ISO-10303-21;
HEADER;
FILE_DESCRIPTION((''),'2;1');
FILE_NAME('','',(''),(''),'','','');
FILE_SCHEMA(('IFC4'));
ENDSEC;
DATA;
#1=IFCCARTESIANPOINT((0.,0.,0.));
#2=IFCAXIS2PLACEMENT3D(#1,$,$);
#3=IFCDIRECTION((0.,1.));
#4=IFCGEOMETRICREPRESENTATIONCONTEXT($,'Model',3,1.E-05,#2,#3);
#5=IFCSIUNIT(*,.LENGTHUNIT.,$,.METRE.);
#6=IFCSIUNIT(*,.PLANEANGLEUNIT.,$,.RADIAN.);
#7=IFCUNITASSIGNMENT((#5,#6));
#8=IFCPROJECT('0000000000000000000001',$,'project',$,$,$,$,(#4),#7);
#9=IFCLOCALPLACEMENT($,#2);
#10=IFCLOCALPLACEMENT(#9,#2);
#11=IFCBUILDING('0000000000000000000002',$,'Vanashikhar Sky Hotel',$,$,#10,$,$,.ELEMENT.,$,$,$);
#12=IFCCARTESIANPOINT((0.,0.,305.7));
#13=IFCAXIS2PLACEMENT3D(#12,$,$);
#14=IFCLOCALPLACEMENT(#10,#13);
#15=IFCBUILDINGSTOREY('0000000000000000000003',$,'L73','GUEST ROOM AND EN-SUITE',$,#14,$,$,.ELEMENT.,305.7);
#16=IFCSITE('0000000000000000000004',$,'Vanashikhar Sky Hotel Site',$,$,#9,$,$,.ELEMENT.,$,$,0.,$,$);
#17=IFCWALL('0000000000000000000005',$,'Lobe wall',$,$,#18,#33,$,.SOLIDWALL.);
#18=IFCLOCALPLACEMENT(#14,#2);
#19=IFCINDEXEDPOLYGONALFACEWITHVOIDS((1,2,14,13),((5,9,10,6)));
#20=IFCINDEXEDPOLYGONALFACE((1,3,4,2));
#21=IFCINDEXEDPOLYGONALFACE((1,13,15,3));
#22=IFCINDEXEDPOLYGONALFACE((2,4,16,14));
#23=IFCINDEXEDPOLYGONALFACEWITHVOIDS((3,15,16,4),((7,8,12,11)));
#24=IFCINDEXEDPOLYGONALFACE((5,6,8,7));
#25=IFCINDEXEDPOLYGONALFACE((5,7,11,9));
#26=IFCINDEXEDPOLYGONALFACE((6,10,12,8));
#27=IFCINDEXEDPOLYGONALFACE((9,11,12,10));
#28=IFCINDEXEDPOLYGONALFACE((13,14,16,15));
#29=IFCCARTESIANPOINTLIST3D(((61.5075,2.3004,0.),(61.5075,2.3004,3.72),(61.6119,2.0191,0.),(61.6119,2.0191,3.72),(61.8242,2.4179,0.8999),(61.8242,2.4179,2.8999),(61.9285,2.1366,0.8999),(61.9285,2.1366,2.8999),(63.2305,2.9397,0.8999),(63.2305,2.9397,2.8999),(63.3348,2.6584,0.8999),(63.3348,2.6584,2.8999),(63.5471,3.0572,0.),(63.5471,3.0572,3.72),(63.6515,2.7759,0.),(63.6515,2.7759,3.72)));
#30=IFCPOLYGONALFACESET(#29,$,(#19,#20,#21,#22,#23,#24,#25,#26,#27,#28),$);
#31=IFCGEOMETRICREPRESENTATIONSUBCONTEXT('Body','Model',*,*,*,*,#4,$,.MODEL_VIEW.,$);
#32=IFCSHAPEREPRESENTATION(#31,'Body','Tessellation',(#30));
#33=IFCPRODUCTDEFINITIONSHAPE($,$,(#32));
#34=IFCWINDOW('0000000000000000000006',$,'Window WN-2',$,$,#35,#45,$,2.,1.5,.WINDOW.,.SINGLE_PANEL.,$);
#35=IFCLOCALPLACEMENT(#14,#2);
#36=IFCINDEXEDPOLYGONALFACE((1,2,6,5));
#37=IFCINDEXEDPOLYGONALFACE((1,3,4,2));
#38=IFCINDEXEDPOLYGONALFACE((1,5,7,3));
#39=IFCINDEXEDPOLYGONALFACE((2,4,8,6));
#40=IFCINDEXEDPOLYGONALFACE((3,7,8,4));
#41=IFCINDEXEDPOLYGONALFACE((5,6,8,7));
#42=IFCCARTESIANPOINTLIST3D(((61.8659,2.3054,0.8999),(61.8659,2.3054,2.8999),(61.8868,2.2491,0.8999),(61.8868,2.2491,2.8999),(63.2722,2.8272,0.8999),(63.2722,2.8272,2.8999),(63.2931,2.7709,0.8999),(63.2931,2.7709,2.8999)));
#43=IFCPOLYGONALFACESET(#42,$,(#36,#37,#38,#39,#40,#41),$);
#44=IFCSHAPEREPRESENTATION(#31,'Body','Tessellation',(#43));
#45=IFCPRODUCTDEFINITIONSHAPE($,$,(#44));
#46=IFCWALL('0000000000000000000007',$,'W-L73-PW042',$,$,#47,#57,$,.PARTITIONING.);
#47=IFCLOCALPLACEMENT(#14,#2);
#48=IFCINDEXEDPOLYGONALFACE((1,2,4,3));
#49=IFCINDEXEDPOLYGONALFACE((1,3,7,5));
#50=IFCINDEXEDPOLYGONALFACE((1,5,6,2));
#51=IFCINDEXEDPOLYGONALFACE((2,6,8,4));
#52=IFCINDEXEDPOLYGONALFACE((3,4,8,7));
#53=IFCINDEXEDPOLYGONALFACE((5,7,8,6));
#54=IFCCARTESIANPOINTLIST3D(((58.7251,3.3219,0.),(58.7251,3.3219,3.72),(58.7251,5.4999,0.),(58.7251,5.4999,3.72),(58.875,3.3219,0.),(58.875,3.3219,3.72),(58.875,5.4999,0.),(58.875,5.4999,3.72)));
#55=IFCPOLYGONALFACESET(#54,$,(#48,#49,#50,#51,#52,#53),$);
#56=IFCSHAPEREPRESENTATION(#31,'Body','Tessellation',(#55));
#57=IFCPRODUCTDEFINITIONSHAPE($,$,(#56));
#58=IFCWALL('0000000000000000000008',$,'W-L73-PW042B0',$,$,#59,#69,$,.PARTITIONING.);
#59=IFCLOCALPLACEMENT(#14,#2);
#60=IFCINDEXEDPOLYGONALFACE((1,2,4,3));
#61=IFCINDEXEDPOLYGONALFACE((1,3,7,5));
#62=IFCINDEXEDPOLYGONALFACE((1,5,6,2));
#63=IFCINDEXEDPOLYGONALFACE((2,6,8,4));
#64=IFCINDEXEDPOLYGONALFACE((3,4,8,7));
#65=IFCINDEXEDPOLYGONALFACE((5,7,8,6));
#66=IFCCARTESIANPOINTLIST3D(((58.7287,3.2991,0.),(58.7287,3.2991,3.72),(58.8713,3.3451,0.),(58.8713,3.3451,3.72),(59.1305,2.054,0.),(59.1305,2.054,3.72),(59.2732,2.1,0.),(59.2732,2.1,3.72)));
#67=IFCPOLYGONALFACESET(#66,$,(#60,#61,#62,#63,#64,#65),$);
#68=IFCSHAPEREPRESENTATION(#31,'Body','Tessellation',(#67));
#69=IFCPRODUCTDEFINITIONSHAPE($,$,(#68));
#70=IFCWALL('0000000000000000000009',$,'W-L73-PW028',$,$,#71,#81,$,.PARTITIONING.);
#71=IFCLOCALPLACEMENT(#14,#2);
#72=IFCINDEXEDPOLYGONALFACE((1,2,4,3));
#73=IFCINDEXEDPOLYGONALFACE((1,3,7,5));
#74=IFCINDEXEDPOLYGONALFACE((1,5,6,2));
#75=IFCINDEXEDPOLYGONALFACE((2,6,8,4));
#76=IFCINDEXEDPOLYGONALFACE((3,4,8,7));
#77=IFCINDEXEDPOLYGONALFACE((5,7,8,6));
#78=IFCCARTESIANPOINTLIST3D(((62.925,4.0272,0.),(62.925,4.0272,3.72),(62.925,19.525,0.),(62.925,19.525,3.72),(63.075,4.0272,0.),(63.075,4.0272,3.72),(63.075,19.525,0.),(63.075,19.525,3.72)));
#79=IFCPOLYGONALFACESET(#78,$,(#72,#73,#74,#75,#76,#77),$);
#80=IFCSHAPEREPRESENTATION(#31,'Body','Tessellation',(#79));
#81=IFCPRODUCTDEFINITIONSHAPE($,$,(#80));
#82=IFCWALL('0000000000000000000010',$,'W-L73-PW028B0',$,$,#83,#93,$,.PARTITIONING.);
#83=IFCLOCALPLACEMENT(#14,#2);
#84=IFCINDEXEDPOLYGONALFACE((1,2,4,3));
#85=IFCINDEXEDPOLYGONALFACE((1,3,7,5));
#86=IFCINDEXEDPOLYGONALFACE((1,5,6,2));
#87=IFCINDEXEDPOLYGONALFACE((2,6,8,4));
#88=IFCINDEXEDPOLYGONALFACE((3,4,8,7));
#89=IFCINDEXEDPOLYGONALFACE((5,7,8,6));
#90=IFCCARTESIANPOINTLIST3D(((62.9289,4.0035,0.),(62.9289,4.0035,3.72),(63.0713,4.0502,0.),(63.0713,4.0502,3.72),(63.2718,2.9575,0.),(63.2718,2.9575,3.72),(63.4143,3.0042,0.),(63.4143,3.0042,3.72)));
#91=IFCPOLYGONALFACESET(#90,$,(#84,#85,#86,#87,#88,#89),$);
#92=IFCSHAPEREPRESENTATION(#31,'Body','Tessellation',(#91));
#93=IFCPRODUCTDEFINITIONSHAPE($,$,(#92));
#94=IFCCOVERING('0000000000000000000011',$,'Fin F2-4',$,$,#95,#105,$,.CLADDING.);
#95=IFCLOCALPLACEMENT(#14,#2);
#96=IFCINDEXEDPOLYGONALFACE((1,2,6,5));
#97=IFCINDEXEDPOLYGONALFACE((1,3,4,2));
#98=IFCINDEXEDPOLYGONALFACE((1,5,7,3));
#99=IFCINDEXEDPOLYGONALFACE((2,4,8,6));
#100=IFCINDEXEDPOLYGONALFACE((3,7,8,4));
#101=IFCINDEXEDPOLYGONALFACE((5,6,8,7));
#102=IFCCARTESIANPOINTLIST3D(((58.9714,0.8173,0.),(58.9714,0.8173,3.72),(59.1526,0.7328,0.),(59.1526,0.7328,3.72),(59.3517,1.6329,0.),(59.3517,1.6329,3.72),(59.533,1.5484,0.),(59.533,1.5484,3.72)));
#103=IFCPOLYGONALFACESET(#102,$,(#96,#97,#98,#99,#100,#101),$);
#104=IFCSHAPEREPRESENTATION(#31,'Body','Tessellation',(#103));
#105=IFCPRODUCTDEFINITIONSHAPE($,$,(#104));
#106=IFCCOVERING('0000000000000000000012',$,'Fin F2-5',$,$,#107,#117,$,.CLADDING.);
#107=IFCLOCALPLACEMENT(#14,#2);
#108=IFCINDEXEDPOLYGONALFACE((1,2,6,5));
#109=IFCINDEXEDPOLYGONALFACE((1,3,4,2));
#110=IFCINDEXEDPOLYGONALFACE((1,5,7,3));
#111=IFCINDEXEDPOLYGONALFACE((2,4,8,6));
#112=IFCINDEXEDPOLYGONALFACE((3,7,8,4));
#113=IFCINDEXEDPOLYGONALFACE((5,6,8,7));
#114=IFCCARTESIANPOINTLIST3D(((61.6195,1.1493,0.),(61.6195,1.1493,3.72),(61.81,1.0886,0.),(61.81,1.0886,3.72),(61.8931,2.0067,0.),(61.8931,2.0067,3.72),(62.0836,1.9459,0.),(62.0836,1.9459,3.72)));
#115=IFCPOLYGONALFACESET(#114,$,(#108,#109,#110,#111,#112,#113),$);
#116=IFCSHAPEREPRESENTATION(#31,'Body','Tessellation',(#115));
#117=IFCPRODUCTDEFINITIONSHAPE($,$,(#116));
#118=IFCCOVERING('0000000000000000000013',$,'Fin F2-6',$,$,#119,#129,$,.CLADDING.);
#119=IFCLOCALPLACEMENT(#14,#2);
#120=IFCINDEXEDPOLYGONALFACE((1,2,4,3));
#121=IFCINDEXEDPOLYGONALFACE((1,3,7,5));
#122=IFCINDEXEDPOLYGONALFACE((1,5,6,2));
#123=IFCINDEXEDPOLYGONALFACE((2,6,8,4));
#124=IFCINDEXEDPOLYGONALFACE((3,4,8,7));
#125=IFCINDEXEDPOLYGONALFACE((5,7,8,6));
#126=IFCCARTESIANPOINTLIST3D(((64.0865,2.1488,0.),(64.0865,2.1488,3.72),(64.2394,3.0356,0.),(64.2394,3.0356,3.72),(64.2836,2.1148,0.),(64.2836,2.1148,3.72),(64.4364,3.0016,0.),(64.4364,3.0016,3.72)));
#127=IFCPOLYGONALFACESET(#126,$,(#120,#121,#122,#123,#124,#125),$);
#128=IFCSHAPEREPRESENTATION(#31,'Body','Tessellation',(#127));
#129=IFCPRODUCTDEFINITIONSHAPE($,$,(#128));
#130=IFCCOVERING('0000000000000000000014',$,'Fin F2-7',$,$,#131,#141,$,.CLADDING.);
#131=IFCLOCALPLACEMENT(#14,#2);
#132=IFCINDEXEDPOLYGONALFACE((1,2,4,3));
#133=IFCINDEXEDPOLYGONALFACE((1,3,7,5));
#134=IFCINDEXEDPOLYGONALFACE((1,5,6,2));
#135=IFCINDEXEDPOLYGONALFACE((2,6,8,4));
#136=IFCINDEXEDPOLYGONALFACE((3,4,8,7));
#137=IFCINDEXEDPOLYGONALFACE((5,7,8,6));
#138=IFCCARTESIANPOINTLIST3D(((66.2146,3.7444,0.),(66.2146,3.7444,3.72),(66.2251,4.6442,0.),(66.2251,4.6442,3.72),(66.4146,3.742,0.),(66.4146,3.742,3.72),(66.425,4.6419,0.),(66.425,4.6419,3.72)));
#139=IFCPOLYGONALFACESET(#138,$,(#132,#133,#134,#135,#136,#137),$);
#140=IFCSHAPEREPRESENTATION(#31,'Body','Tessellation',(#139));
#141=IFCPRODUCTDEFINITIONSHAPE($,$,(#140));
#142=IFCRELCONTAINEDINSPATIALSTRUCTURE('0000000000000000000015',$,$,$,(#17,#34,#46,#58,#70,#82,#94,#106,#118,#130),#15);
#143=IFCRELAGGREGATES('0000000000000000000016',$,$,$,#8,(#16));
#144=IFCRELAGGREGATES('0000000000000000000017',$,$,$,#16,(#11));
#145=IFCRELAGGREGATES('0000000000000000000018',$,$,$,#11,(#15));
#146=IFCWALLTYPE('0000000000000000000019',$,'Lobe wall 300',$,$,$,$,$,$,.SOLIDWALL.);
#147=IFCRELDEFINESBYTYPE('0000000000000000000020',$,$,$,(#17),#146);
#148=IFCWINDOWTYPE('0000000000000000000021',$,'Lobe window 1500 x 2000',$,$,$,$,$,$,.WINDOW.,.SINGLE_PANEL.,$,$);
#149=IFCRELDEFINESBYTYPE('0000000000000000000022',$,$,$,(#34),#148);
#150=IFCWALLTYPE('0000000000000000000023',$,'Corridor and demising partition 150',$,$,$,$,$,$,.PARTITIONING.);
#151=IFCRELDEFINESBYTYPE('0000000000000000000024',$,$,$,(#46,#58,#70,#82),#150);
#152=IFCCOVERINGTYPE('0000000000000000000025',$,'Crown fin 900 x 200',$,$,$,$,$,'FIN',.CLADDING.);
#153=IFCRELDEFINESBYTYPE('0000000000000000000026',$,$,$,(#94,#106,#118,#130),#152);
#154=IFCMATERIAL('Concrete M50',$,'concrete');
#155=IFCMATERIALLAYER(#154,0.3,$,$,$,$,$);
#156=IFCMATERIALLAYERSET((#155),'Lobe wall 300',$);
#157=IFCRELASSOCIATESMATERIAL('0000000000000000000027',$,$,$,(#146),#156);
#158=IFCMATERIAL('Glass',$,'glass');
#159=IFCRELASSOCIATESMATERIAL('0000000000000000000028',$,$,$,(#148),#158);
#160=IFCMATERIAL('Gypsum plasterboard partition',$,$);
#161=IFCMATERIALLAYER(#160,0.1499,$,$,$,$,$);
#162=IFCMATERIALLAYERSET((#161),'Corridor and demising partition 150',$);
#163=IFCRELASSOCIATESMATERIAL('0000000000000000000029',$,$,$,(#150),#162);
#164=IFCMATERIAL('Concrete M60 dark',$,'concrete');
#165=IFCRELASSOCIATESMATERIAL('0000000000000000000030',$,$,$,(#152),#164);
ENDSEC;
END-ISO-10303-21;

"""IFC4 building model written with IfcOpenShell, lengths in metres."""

from ifc_helpers import new_model, si_unit, direction, frame, frame_2d, origin, origin_2d, place, context, subcontext, project, spatial, rectangle, extrude, source, transform, mapped, material, layer, layer_set, material_profile, profile_set, type_object, element, fill, save


model = new_model("IFC4")

# Units and contexts
model_context = context("Model", 3, precision=1e-05, world=origin(), true_north=direction((0.0, 1.0)))
body_context = subcontext(model_context, "Body", "Model", "MODEL_VIEW")
ifc_project = project(units=[si_unit("LENGTHUNIT", "METRE"), si_unit("PLANEANGLEUNIT", "RADIAN")], contexts=[model_context])

# Site, building, storey
site_placement = place(None, origin())
site = spatial("IfcSite", under=ifc_project, at=site_placement, Name="Vanashikhar Sky Hotel Site", CompositionType="ELEMENT", RefElevation=0.0)
building_placement = place(site_placement, origin())
building = spatial("IfcBuilding", under=site, at=building_placement, Name="Vanashikhar Sky Hotel", CompositionType="ELEMENT")
storey_placement = place(building_placement, frame((0.0, 0.0, 305.7)))
storey = spatial("IfcBuildingStorey", under=building, at=storey_placement, Name="L73", Description="GUEST ROOM AND EN-SUITE", CompositionType="ELEMENT", Elevation=305.7)

# Shared definitions
ifc_material_1 = material(Name="Concrete M50", Category="concrete")

# Shared definitions
ifc_material_2 = material(Name="Glass", Category="glass")

# Wall, opening, window
ifc_layer_1 = layer(ifc_material_1, 0.3)
ifc_layer_set_1 = layer_set([ifc_layer_1], Name="Lobe wall 300")
wall_type_1 = type_object("IfcWallType", Name="Lobe wall 300", PredefinedType="SOLIDWALL", material=ifc_layer_set_1)
shared_shape_1 = source(origin(), body_context, "Body", "SweptSolid", [
    extrude(rectangle(XDim=1.5, YDim=2.0, at=frame_2d((0.75, 1.0))), frame((0.0, 0.1602, 0.0), z_axis=(0.0, -1.0, 0.0), x_axis=(1.0, 0.0, 0.0)), (0.0, 0.0, 1.0), 0.3201),
])
window_type_1 = type_object("IfcWindowType", Name="Lobe window 1500 x 2000", PartitioningType="SINGLE_PANEL", PredefinedType="WINDOW", material=ifc_material_2)
shared_shape_2 = source(origin(), body_context, "Body", "SweptSolid", [
    extrude(rectangle(XDim=1.5, YDim=2.0, at=frame_2d((0.75, 1.0))), frame((0.0, 0.03, 0.0), z_axis=(0.0, -1.0, 0.0), x_axis=(1.0, 0.0, 0.0)), (0.0, 0.0, 1.0), 0.0601),
])
shared_shape_3 = source(origin(), body_context, "Body", "SweptSolid", [
    extrude(rectangle(XDim=2.1755, YDim=0.3, at=frame_2d((1.0879, 0.0))), origin(), (0.0, 0.0, 1.0), 3.72),
])
wall_1_placement = place(storey_placement, frame((61.5596, 2.1597, 0.0), z_axis=(0.0, 0.0, 1.0), x_axis=(0.937532, 0.347899, 0.0)))
wall_1 = element("IfcWall", 1, at=wall_1_placement, inside=storey, type_object=wall_type_1, Name="Lobe wall", PredefinedType="SOLIDWALL", context=body_context, shape_type="MappedRepresentation", body=[
    mapped(shared_shape_3, transform((0.0, 0.0, 0.0), scale=1.0)),
])
opening_1_placement = place(wall_1_placement, frame((0.3379, 0.0, 0.8999)))
opening_1 = element("IfcOpeningElement", 2, at=opening_1_placement, cuts=wall_1, PredefinedType="OPENING", context=body_context, shape_type="MappedRepresentation", body=[
    mapped(shared_shape_1, transform((0.0, 0.0, 0.0), scale=1.0)),
])
window_1_placement = place(opening_1_placement, origin())
window_1 = element("IfcWindow", 3, at=window_1_placement, inside=storey, type_object=window_type_1, Name="Window WN-2", OverallHeight=2.0, OverallWidth=1.5, PartitioningType="SINGLE_PANEL", PredefinedType="WINDOW", context=body_context, shape_type="MappedRepresentation", body=[
    mapped(shared_shape_2, transform((0.0, 0.0, 0.0), scale=1.0)),
])
fill(opening_1, window_1)

# Walls
ifc_material_3 = material(Name="Gypsum plasterboard partition")
ifc_layer_2 = layer(ifc_material_3, 0.1499)
ifc_layer_set_2 = layer_set([ifc_layer_2], Name="Corridor and demising partition 150")
wall_type_2 = type_object("IfcWallType", Name="Corridor and demising partition 150", PredefinedType="PARTITIONING", material=ifc_layer_set_2)
shared_shape_4 = source(origin(), body_context, "Body", "SweptSolid", [
    extrude(rectangle(XDim=2.178, YDim=0.1499, at=frame_2d((1.0889, 0.0))), origin(), (0.0, 0.0, 1.0), 3.72),
])
wall_2_placement = place(storey_placement, frame((58.8, 3.322, 0.0), z_axis=(0.0, 0.0, 1.0), x_axis=(0.0, 1.0, 0.0)))
element("IfcWall", 4, at=wall_2_placement, inside=storey, type_object=wall_type_2, Name="W-L73-PW042", PredefinedType="PARTITIONING", context=body_context, shape_type="MappedRepresentation", body=[
    mapped(shared_shape_4, transform((0.0, 0.0, 0.0), scale=1.0)),
])
shared_shape_5 = source(origin(), body_context, "Body", "SweptSolid", [
    extrude(rectangle(XDim=1.3083, YDim=0.1499, at=frame_2d((0.6543, 0.0))), origin(), (0.0, 0.0, 1.0), 3.72),
])
wall_3_placement = place(storey_placement, frame((59.2019, 2.0769, 0.0), z_axis=(0.0, 0.0, 1.0), x_axis=(-0.307145, 0.951663, 0.0)))
element("IfcWall", 5, at=wall_3_placement, inside=storey, type_object=wall_type_2, Name="W-L73-PW042B0", PredefinedType="PARTITIONING", context=body_context, shape_type="MappedRepresentation", body=[
    mapped(shared_shape_5, transform((0.0, 0.0, 0.0), scale=1.0)),
])
shared_shape_6 = source(origin(), body_context, "Body", "SweptSolid", [
    extrude(rectangle(XDim=15.4978, YDim=0.1499, at=frame_2d((7.749, 0.0))), origin(), (0.0, 0.0, 1.0), 3.72),
])
wall_4_placement = place(storey_placement, frame((63.0, 4.0271, 0.0), z_axis=(0.0, 0.0, 1.0), x_axis=(0.0, 1.0, 0.0)))
element("IfcWall", 6, at=wall_4_placement, inside=storey, type_object=wall_type_2, Name="W-L73-PW028", PredefinedType="PARTITIONING", context=body_context, shape_type="MappedRepresentation", body=[
    mapped(shared_shape_6, transform((0.0, 0.0, 0.0), scale=1.0)),
])
shared_shape_7 = source(origin(), body_context, "Body", "SweptSolid", [
    extrude(rectangle(XDim=1.1008, YDim=0.1499, at=frame_2d((0.5503, 0.0))), origin(), (0.0, 0.0, 1.0), 3.72),
])
wall_5_placement = place(storey_placement, frame((63.343, 2.981, 0.0), z_axis=(0.0, 0.0, 1.0), x_axis=(-0.311567, 0.950224, 0.0)))
element("IfcWall", 7, at=wall_5_placement, inside=storey, type_object=wall_type_2, Name="W-L73-PW028B0", PredefinedType="PARTITIONING", context=body_context, shape_type="MappedRepresentation", body=[
    mapped(shared_shape_7, transform((0.0, 0.0, 0.0), scale=1.0)),
])

# Coverings
ifc_material_4 = material(Name="Concrete M60 dark", Category="concrete")
ifc_material_profile_1 = material_profile(ifc_material_4, rectangle(XDim=0.8999, YDim=0.2, at=origin_2d()))
ifc_profile_set_1 = profile_set([ifc_material_profile_1], Name="Crown fin 900 x 200")
covering_type = type_object("IfcCoveringType", Name="Crown fin 900 x 200", ElementType="FIN", PredefinedType="CLADDING", material=ifc_profile_set_1)
shared_shape_8 = source(origin(), body_context, "Body", "SweptSolid", [
    extrude(rectangle(XDim=0.8999, YDim=0.2, at=origin_2d()), origin(), (0.0, 0.0, 1.0), 3.72),
])
for number, where, z_axis, x_axis, name in (
    (8, (59.2522, 1.1829, 0.0), (0.0, 0.0, 1.0), (-0.422618, -0.906308, 0.0), "Fin F2-4"),
    (9, (61.8516, 1.5476, 0.0), (0.0, 0.0, 1.0), (-0.303967, -0.952683, 0.0), "Fin F2-5"),
    (10, (64.2615, 2.5752, 0.0), (0.0, 0.0, 1.0), (-0.1699, -0.985461, 0.0), "Fin F2-6"),
    (11, (66.3198, 4.1931, 0.0), (0.0, 0.0, 1.0), (-0.011589, -0.999933, 0.0), "Fin F2-7"),
):
    element("IfcCovering", number, at=place(storey_placement, frame(where, z_axis=z_axis, x_axis=x_axis)), inside=storey, type_object=covering_type, Name=name, PredefinedType="CLADDING", context=body_context, shape_type="MappedRepresentation", body=[
        mapped(shared_shape_8, transform((0.0, 0.0, 0.0), scale=1.0)),
    ])

save(model, "model.ifc")
